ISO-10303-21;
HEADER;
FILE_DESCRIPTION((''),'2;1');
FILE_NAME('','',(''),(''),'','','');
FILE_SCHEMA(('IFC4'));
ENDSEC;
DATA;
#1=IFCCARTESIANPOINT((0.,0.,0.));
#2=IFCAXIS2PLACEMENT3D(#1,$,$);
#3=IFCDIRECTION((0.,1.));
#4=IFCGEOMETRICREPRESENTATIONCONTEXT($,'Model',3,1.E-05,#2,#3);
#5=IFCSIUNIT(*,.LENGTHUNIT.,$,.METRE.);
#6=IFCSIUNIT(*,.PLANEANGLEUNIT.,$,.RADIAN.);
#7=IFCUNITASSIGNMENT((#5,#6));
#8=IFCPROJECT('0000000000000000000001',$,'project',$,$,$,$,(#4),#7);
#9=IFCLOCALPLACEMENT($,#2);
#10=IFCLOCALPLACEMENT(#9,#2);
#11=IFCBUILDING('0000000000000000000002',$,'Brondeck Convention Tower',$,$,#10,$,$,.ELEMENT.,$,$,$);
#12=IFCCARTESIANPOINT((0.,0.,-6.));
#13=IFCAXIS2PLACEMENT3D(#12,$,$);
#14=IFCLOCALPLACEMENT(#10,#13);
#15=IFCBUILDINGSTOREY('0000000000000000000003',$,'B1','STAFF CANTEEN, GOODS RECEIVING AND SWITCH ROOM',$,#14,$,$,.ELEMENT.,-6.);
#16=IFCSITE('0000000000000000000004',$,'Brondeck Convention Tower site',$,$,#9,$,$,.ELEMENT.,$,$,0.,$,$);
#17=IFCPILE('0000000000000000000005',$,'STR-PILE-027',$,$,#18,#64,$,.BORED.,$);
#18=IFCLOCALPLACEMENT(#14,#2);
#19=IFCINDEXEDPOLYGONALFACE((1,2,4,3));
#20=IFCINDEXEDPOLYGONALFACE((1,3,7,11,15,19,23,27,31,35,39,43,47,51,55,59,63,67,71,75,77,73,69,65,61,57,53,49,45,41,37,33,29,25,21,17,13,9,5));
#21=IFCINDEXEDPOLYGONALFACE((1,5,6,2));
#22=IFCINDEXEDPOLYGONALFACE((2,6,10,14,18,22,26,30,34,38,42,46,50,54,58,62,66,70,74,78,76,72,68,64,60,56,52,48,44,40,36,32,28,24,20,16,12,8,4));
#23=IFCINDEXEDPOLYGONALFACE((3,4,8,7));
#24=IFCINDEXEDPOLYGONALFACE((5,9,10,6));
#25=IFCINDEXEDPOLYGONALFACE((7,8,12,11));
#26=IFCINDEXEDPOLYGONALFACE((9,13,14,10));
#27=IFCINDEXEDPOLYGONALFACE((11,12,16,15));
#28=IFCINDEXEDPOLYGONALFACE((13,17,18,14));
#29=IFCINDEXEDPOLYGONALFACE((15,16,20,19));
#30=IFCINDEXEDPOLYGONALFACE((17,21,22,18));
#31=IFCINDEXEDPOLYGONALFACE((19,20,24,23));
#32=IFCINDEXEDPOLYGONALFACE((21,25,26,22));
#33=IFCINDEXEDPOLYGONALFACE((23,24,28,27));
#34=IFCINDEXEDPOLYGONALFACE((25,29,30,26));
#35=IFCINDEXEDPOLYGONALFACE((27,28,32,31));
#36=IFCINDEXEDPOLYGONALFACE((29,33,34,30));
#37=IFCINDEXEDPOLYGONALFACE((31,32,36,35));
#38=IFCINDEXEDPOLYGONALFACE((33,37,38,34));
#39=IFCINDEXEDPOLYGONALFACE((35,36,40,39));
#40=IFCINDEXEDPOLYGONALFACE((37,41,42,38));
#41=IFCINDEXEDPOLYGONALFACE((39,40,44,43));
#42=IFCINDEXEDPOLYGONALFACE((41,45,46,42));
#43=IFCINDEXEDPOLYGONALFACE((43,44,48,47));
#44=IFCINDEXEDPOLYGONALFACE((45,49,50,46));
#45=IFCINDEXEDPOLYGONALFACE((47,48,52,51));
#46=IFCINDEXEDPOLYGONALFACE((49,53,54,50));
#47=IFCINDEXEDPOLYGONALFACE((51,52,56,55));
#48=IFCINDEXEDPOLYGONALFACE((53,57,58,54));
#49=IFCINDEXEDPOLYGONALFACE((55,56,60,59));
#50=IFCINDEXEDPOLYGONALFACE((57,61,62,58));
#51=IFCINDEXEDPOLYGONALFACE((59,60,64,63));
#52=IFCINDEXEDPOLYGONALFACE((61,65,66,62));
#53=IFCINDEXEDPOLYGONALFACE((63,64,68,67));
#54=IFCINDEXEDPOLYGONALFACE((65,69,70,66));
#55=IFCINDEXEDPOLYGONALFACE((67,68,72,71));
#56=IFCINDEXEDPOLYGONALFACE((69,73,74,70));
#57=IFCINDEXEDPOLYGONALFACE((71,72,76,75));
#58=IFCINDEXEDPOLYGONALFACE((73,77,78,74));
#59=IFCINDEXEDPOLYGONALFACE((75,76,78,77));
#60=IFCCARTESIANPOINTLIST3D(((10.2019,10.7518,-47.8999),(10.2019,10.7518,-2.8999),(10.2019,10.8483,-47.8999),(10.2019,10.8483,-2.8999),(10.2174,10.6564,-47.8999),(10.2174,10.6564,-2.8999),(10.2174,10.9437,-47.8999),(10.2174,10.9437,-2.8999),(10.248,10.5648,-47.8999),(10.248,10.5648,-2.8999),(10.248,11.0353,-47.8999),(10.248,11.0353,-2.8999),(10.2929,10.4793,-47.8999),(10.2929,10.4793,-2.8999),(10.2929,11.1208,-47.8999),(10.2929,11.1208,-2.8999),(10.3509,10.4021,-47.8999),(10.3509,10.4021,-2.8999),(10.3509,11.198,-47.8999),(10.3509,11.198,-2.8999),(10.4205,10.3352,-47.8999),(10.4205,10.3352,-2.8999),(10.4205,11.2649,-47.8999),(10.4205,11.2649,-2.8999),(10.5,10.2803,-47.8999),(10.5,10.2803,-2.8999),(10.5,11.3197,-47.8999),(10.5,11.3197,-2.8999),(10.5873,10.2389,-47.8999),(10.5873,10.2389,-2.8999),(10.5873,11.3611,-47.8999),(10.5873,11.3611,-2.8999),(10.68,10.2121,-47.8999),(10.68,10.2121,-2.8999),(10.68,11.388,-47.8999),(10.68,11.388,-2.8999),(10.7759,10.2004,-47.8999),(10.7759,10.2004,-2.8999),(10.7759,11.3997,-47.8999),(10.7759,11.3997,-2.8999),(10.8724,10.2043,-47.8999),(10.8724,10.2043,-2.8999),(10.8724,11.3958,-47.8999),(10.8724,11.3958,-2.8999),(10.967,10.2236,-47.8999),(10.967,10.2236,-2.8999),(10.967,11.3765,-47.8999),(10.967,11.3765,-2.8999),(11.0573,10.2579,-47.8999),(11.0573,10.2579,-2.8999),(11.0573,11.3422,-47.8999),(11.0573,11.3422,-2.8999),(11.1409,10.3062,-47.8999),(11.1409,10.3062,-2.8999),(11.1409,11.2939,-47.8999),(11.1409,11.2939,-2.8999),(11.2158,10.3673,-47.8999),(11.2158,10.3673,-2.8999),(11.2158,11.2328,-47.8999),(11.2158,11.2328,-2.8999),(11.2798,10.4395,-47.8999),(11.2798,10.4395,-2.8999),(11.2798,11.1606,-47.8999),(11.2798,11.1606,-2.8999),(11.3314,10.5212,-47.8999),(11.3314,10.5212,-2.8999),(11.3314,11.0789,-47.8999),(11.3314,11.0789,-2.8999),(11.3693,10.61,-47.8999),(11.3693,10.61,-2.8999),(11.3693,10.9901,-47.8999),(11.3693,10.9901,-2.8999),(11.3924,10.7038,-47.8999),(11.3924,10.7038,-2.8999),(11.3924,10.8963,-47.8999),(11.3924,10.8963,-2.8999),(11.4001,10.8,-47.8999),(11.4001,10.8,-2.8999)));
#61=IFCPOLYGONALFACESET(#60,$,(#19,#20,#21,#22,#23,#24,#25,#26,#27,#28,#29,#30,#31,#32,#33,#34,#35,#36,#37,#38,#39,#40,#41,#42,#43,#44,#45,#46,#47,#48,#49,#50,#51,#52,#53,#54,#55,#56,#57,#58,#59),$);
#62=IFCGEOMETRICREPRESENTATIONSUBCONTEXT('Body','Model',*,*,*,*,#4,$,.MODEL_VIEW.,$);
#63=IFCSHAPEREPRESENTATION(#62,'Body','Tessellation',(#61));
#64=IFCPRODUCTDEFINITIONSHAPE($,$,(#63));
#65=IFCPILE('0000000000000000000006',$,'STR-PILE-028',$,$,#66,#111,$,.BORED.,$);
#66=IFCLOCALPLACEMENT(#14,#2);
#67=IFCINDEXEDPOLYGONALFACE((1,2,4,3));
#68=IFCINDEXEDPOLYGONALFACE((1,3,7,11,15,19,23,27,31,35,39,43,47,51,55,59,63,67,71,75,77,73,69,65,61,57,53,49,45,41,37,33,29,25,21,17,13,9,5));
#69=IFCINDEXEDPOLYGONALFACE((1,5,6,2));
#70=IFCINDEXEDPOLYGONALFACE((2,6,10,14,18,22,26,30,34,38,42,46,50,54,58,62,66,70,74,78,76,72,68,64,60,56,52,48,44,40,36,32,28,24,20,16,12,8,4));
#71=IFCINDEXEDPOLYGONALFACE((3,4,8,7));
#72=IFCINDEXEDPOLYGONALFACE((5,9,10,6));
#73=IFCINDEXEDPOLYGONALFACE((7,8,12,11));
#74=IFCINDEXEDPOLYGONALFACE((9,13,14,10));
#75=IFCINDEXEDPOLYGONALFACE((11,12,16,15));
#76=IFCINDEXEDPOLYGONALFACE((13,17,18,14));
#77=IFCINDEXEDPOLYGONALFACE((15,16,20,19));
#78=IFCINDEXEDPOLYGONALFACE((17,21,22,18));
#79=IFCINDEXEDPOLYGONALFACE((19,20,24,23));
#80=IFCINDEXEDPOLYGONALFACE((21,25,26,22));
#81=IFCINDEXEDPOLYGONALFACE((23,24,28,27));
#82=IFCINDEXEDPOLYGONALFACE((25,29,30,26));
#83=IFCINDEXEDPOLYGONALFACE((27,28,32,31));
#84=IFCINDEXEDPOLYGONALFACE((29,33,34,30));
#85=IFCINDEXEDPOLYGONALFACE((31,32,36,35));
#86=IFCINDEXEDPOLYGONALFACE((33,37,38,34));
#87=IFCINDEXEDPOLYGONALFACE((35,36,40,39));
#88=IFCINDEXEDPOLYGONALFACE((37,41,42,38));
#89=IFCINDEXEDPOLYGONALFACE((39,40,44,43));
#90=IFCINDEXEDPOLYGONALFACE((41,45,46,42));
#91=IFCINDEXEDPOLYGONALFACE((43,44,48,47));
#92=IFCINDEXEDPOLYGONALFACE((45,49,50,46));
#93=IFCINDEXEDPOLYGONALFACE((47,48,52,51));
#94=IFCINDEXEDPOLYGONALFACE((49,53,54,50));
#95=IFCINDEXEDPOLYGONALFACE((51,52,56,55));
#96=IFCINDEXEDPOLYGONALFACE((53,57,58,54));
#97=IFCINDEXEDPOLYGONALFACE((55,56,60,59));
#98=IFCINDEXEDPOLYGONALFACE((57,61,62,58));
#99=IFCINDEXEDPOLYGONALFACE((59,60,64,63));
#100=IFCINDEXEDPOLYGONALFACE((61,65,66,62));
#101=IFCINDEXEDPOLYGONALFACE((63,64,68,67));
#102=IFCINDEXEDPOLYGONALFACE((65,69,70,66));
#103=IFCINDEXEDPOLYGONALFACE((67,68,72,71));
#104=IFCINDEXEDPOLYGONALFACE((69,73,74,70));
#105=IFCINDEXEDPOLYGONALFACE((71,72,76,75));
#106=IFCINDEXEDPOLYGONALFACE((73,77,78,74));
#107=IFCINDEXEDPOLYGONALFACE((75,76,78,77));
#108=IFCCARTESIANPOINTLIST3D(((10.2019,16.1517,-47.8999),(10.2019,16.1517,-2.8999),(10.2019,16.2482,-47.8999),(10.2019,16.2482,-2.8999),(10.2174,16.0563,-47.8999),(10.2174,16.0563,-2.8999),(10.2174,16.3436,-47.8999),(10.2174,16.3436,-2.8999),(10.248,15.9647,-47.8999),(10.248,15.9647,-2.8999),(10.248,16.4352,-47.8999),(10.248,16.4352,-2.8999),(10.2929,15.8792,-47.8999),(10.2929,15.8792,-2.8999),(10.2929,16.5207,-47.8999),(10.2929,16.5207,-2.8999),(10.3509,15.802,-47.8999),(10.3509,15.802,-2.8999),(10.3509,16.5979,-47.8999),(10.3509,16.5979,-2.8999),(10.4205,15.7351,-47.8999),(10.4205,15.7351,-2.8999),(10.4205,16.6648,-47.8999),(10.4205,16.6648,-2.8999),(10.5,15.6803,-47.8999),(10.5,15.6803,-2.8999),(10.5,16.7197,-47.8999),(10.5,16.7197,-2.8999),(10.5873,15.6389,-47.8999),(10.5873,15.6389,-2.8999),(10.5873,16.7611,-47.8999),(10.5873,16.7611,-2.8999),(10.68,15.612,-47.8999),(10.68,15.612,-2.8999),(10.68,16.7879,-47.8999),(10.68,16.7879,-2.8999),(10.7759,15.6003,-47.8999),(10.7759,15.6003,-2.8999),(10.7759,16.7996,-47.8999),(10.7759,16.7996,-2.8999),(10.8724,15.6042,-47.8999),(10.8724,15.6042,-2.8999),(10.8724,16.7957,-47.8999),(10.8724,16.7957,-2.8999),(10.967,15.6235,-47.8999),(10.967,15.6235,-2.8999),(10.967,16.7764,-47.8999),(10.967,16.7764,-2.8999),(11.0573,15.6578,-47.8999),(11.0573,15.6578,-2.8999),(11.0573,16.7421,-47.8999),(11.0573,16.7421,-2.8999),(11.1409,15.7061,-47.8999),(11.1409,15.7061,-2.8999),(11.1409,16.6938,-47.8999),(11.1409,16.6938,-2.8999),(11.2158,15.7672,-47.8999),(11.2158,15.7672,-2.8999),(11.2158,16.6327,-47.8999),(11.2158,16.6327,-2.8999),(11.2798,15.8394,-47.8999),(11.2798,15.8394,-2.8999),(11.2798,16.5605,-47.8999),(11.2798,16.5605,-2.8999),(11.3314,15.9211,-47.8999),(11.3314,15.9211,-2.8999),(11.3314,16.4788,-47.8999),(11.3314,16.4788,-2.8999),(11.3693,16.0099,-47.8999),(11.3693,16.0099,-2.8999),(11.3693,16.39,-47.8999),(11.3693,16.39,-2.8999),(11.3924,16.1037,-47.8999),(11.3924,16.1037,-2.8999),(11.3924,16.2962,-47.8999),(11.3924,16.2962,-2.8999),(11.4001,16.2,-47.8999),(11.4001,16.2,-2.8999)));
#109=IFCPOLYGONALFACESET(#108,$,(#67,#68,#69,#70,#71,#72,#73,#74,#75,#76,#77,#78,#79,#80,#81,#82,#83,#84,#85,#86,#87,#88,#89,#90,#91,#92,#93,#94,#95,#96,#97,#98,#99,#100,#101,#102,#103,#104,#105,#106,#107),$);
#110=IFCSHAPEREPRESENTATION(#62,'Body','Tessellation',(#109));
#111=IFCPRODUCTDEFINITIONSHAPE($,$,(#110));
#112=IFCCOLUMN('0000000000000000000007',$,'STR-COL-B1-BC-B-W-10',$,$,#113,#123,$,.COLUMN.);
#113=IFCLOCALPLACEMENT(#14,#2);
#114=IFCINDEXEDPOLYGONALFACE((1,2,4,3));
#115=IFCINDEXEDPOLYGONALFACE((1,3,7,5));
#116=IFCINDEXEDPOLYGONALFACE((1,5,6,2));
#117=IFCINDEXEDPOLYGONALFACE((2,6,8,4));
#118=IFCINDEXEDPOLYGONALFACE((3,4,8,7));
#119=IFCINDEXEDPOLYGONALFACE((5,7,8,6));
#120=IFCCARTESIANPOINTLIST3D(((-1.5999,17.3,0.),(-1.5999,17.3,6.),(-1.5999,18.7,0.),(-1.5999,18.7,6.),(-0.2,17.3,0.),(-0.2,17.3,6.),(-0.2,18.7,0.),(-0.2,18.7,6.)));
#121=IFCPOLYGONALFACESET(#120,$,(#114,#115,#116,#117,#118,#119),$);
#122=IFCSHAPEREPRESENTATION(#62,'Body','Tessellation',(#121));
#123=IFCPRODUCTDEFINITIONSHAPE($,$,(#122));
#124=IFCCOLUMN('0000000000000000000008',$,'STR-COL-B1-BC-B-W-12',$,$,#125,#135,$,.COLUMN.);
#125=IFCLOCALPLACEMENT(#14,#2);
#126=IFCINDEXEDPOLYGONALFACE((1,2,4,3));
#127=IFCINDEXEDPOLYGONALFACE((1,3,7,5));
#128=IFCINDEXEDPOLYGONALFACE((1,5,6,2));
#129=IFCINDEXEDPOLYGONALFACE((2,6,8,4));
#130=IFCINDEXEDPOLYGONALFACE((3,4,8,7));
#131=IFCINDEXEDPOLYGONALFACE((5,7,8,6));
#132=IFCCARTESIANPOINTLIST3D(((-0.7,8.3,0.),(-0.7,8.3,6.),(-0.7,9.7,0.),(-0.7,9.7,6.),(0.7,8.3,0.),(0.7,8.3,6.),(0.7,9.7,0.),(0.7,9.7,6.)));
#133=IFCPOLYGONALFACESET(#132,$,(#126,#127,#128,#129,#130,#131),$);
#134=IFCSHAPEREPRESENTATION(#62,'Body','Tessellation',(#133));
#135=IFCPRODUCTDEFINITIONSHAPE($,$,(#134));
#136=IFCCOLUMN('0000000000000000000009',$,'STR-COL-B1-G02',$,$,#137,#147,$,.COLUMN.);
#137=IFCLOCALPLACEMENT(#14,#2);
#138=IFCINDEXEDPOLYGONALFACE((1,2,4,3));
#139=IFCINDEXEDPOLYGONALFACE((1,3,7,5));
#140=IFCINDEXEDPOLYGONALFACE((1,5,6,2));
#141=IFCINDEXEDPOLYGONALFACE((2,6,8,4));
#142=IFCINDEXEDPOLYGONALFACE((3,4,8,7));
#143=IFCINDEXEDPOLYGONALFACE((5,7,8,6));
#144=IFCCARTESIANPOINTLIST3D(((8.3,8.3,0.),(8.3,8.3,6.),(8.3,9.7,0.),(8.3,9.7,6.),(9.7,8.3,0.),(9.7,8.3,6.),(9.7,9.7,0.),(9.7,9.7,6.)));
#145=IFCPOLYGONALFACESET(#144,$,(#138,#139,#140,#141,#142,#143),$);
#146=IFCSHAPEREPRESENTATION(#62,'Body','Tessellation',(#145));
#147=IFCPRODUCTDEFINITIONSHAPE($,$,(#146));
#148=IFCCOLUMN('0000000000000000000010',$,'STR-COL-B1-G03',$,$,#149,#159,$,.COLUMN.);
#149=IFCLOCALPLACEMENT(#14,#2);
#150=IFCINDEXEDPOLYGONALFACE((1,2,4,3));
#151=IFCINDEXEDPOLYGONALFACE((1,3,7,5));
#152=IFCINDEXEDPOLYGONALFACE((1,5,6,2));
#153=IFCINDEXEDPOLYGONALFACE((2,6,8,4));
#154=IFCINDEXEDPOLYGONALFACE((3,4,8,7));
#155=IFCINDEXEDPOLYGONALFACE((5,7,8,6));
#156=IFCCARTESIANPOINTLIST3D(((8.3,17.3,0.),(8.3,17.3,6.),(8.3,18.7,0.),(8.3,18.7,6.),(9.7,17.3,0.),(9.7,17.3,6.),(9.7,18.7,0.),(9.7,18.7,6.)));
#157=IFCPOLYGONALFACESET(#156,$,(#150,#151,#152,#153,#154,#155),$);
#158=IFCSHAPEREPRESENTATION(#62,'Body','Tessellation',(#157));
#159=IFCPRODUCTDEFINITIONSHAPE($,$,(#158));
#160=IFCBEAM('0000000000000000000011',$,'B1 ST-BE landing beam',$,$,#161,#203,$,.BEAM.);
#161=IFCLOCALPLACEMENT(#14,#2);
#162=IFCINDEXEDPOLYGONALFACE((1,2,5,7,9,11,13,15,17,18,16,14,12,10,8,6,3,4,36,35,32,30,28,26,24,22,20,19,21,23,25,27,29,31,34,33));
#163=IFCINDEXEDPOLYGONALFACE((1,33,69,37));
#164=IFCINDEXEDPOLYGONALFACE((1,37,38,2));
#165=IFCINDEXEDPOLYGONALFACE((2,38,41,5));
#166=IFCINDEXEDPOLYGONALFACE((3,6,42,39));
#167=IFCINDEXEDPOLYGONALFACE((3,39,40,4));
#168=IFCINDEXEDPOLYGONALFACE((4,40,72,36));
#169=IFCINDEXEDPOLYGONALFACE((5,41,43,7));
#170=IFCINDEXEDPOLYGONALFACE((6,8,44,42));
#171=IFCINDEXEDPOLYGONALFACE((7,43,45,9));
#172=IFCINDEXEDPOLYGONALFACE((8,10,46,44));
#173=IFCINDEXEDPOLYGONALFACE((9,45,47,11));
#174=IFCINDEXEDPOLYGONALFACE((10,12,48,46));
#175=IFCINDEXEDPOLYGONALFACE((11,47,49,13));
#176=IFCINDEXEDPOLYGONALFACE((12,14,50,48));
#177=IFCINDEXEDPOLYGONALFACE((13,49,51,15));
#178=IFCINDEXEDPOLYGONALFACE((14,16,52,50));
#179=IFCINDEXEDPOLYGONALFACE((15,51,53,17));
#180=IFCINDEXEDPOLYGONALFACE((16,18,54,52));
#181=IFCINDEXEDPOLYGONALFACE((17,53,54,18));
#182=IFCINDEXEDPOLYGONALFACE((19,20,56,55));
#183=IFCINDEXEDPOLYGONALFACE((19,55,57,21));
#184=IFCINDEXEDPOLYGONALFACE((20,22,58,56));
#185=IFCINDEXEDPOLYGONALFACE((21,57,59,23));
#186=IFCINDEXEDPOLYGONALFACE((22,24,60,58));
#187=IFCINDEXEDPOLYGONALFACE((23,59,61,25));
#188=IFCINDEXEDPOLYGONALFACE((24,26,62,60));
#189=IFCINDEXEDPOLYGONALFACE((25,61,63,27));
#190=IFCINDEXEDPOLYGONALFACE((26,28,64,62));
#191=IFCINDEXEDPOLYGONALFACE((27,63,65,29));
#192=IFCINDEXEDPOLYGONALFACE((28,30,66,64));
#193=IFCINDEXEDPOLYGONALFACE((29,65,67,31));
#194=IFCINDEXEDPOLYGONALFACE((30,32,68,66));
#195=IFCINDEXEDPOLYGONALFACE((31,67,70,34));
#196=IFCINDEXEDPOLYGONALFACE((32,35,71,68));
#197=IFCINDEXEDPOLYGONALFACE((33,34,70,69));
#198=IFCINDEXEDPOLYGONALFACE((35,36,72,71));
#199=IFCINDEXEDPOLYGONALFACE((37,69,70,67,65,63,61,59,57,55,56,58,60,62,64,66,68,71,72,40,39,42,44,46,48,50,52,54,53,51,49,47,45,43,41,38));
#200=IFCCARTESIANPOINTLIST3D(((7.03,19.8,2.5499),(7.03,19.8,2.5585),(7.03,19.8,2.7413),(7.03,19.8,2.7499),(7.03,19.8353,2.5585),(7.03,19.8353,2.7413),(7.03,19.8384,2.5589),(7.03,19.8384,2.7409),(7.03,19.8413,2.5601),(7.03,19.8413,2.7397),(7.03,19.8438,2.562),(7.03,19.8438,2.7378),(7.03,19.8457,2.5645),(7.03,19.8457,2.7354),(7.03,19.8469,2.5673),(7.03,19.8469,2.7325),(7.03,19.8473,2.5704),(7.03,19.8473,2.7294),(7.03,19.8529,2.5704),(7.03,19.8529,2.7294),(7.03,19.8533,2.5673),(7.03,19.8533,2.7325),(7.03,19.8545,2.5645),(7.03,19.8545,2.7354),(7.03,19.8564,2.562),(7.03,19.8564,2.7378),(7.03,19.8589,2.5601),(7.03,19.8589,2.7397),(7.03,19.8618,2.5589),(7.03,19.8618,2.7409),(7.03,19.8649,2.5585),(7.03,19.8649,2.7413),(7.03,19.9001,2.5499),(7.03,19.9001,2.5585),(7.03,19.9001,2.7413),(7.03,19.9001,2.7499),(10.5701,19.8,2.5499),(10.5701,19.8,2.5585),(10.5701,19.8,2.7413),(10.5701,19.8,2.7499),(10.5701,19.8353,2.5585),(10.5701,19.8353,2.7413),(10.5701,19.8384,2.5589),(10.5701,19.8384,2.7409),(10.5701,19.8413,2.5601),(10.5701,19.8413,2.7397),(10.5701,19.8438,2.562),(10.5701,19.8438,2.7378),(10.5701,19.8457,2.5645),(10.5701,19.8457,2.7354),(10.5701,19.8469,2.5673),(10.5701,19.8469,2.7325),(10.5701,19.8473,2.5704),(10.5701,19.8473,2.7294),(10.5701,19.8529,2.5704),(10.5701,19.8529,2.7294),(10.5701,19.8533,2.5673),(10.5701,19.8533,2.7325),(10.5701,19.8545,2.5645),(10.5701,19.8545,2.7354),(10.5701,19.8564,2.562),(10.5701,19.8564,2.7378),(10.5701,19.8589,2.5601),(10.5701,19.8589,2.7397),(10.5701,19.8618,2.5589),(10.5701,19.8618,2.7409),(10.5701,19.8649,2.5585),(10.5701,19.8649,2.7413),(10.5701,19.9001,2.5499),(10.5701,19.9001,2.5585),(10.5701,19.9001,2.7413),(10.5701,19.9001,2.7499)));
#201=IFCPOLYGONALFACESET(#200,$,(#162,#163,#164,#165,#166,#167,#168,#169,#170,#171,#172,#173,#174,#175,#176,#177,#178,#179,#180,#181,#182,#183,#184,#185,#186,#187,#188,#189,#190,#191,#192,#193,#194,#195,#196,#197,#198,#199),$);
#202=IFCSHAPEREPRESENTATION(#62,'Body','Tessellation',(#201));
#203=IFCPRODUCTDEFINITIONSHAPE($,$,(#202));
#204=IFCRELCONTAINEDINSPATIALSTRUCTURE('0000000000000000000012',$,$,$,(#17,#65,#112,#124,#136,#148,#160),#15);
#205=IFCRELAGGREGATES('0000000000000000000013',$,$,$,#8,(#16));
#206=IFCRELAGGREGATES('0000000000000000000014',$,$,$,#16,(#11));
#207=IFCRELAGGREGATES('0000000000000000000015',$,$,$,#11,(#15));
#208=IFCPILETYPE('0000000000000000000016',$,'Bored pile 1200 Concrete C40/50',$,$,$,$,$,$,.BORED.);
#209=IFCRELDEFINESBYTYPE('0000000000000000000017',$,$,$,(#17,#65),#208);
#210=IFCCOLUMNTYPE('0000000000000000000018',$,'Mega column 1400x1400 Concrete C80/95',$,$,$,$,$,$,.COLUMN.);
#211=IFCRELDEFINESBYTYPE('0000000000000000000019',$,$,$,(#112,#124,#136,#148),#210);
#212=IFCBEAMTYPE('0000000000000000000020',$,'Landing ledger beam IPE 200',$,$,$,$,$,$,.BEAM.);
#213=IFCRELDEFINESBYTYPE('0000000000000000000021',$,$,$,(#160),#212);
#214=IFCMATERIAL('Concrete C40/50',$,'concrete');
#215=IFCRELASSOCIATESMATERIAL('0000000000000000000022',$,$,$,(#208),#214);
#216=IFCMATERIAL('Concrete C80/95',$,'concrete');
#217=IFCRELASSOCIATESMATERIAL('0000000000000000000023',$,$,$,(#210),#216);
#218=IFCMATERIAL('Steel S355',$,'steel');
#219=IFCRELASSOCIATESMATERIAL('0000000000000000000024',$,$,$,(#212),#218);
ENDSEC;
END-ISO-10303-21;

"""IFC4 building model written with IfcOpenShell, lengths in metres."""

from ifc_helpers import new_model, si_unit, direction, frame, origin, origin_2d, place, context, subcontext, project, spatial, rectangle, circle, i_section, extrude, material, material_profile, profile_set, type_object, element, save


model = new_model("IFC4")

# Units and contexts
model_context = context("Model", 3, precision=1e-05, world=origin(), true_north=direction((0.0, 1.0)))
body_context = subcontext(model_context, "Body", "Model", "MODEL_VIEW")
ifc_project = project(units=[si_unit("LENGTHUNIT", "METRE"), si_unit("PLANEANGLEUNIT", "RADIAN")], contexts=[model_context])

# Site, building, storey
site_placement = place(None, origin())
site = spatial("IfcSite", under=ifc_project, at=site_placement, Name="Brondeck Convention Tower site", CompositionType="ELEMENT", RefElevation=0.0)
building_placement = place(site_placement, origin())
building = spatial("IfcBuilding", under=site, at=building_placement, Name="Brondeck Convention Tower", CompositionType="ELEMENT")
storey_placement = place(building_placement, frame((0.0, 0.0, -6.0)))
storey = spatial("IfcBuildingStorey", under=building, at=storey_placement, Name="B1", Description="STAFF CANTEEN, GOODS RECEIVING AND SWITCH ROOM", CompositionType="ELEMENT", Elevation=-6.0)

# Piles
ifc_material_1 = material(Name="Concrete C40/50", Category="concrete")
ifc_material_profile_1 = material_profile(ifc_material_1, circle(Radius=0.6001, at=origin_2d()), Name="Bored pile 1200 Concrete C40/50")
ifc_profile_set_1 = profile_set([ifc_material_profile_1], Name="Concrete C40/50")
pile_type = type_object("IfcPileType", Name="Bored pile 1200 Concrete C40/50", PredefinedType="BORED", material=ifc_profile_set_1)
for number, where, z_axis, x_axis, name in (
    (1, (10.8, 10.8, -2.8999), (0.0, 0.0, -1.0), (1.0, 0.0, 0.0), "STR-PILE-027"),
    (2, (10.8, 16.2, -2.8999), (0.0, 0.0, -1.0), (1.0, 0.0, 0.0), "STR-PILE-028"),
):
    element("IfcPile", number, at=place(storey_placement, frame(where, z_axis=z_axis, x_axis=x_axis)), inside=storey, type_object=pile_type, Name=name, PredefinedType="BORED", context=body_context, shape_type="SweptSolid", body=[
        extrude(circle(Radius=0.6001, at=origin_2d()), origin(), (0.0, 0.0, 1.0), 45.0),
    ])

# Columns
ifc_material_2 = material(Name="Concrete C80/95", Category="concrete")
ifc_material_profile_2 = material_profile(ifc_material_2, rectangle(XDim=1.3999, YDim=1.3999, at=origin_2d()), Name="Mega column 1400x1400 Concrete C80/95")
ifc_profile_set_2 = profile_set([ifc_material_profile_2], Name="Concrete C80/95")
column_type = type_object("IfcColumnType", Name="Mega column 1400x1400 Concrete C80/95", PredefinedType="COLUMN", material=ifc_profile_set_2)
for number, where, z_axis, x_axis, name in (
    (3, (-0.8999, 18.0, 0.0), (0.0, 0.0, 1.0), (1.0, 0.0, 0.0), "STR-COL-B1-BC-B-W-10"),
    (4, (0.0, 9.0, 0.0), (0.0, 0.0, 1.0), (1.0, 0.0, 0.0), "STR-COL-B1-BC-B-W-12"),
    (5, (9.0, 9.0, 0.0), (0.0, 0.0, 1.0), (1.0, 0.0, 0.0), "STR-COL-B1-G02"),
    (6, (9.0, 18.0, 0.0), (0.0, 0.0, 1.0), (1.0, 0.0, 0.0), "STR-COL-B1-G03"),
):
    element("IfcColumn", number, at=place(storey_placement, frame(where, z_axis=z_axis, x_axis=x_axis)), inside=storey, type_object=column_type, Name=name, PredefinedType="COLUMN", context=body_context, shape_type="SweptSolid", body=[
        extrude(rectangle(XDim=1.3999, YDim=1.3999, at=origin_2d()), origin(), (0.0, 0.0, 1.0), 6.0),
    ])

# Beam
ifc_material_3 = material(Name="Steel S355", Category="steel")
ifc_material_profile_3 = material_profile(ifc_material_3, i_section(OverallWidth=0.1001, OverallDepth=0.2, WebThickness=0.0056, FlangeThickness=0.0085, FilletRadius=0.012, at=origin_2d()), Name="IPE200")
ifc_profile_set_3 = profile_set([ifc_material_profile_3], Name="Steel S355")
beam_type = type_object("IfcBeamType", Name="Landing ledger beam IPE 200", PredefinedType="BEAM", material=ifc_profile_set_3)
beam_placement = place(storey_placement, frame((10.5701, 19.8501, 2.6499), z_axis=(-1.0, 0.0, 0.0), x_axis=(0.0, -1.0, 0.0)))
element("IfcBeam", 7, at=beam_placement, inside=storey, type_object=beam_type, Name="B1 ST-BE landing beam", PredefinedType="BEAM", context=body_context, shape_type="SweptSolid", body=[
    extrude(i_section(OverallWidth=0.1001, OverallDepth=0.2, WebThickness=0.0056, FlangeThickness=0.0085, FilletRadius=0.012, at=origin_2d()), origin(), (0.0, 0.0, 1.0), 3.54),
])

save(model, "model.ifc")
